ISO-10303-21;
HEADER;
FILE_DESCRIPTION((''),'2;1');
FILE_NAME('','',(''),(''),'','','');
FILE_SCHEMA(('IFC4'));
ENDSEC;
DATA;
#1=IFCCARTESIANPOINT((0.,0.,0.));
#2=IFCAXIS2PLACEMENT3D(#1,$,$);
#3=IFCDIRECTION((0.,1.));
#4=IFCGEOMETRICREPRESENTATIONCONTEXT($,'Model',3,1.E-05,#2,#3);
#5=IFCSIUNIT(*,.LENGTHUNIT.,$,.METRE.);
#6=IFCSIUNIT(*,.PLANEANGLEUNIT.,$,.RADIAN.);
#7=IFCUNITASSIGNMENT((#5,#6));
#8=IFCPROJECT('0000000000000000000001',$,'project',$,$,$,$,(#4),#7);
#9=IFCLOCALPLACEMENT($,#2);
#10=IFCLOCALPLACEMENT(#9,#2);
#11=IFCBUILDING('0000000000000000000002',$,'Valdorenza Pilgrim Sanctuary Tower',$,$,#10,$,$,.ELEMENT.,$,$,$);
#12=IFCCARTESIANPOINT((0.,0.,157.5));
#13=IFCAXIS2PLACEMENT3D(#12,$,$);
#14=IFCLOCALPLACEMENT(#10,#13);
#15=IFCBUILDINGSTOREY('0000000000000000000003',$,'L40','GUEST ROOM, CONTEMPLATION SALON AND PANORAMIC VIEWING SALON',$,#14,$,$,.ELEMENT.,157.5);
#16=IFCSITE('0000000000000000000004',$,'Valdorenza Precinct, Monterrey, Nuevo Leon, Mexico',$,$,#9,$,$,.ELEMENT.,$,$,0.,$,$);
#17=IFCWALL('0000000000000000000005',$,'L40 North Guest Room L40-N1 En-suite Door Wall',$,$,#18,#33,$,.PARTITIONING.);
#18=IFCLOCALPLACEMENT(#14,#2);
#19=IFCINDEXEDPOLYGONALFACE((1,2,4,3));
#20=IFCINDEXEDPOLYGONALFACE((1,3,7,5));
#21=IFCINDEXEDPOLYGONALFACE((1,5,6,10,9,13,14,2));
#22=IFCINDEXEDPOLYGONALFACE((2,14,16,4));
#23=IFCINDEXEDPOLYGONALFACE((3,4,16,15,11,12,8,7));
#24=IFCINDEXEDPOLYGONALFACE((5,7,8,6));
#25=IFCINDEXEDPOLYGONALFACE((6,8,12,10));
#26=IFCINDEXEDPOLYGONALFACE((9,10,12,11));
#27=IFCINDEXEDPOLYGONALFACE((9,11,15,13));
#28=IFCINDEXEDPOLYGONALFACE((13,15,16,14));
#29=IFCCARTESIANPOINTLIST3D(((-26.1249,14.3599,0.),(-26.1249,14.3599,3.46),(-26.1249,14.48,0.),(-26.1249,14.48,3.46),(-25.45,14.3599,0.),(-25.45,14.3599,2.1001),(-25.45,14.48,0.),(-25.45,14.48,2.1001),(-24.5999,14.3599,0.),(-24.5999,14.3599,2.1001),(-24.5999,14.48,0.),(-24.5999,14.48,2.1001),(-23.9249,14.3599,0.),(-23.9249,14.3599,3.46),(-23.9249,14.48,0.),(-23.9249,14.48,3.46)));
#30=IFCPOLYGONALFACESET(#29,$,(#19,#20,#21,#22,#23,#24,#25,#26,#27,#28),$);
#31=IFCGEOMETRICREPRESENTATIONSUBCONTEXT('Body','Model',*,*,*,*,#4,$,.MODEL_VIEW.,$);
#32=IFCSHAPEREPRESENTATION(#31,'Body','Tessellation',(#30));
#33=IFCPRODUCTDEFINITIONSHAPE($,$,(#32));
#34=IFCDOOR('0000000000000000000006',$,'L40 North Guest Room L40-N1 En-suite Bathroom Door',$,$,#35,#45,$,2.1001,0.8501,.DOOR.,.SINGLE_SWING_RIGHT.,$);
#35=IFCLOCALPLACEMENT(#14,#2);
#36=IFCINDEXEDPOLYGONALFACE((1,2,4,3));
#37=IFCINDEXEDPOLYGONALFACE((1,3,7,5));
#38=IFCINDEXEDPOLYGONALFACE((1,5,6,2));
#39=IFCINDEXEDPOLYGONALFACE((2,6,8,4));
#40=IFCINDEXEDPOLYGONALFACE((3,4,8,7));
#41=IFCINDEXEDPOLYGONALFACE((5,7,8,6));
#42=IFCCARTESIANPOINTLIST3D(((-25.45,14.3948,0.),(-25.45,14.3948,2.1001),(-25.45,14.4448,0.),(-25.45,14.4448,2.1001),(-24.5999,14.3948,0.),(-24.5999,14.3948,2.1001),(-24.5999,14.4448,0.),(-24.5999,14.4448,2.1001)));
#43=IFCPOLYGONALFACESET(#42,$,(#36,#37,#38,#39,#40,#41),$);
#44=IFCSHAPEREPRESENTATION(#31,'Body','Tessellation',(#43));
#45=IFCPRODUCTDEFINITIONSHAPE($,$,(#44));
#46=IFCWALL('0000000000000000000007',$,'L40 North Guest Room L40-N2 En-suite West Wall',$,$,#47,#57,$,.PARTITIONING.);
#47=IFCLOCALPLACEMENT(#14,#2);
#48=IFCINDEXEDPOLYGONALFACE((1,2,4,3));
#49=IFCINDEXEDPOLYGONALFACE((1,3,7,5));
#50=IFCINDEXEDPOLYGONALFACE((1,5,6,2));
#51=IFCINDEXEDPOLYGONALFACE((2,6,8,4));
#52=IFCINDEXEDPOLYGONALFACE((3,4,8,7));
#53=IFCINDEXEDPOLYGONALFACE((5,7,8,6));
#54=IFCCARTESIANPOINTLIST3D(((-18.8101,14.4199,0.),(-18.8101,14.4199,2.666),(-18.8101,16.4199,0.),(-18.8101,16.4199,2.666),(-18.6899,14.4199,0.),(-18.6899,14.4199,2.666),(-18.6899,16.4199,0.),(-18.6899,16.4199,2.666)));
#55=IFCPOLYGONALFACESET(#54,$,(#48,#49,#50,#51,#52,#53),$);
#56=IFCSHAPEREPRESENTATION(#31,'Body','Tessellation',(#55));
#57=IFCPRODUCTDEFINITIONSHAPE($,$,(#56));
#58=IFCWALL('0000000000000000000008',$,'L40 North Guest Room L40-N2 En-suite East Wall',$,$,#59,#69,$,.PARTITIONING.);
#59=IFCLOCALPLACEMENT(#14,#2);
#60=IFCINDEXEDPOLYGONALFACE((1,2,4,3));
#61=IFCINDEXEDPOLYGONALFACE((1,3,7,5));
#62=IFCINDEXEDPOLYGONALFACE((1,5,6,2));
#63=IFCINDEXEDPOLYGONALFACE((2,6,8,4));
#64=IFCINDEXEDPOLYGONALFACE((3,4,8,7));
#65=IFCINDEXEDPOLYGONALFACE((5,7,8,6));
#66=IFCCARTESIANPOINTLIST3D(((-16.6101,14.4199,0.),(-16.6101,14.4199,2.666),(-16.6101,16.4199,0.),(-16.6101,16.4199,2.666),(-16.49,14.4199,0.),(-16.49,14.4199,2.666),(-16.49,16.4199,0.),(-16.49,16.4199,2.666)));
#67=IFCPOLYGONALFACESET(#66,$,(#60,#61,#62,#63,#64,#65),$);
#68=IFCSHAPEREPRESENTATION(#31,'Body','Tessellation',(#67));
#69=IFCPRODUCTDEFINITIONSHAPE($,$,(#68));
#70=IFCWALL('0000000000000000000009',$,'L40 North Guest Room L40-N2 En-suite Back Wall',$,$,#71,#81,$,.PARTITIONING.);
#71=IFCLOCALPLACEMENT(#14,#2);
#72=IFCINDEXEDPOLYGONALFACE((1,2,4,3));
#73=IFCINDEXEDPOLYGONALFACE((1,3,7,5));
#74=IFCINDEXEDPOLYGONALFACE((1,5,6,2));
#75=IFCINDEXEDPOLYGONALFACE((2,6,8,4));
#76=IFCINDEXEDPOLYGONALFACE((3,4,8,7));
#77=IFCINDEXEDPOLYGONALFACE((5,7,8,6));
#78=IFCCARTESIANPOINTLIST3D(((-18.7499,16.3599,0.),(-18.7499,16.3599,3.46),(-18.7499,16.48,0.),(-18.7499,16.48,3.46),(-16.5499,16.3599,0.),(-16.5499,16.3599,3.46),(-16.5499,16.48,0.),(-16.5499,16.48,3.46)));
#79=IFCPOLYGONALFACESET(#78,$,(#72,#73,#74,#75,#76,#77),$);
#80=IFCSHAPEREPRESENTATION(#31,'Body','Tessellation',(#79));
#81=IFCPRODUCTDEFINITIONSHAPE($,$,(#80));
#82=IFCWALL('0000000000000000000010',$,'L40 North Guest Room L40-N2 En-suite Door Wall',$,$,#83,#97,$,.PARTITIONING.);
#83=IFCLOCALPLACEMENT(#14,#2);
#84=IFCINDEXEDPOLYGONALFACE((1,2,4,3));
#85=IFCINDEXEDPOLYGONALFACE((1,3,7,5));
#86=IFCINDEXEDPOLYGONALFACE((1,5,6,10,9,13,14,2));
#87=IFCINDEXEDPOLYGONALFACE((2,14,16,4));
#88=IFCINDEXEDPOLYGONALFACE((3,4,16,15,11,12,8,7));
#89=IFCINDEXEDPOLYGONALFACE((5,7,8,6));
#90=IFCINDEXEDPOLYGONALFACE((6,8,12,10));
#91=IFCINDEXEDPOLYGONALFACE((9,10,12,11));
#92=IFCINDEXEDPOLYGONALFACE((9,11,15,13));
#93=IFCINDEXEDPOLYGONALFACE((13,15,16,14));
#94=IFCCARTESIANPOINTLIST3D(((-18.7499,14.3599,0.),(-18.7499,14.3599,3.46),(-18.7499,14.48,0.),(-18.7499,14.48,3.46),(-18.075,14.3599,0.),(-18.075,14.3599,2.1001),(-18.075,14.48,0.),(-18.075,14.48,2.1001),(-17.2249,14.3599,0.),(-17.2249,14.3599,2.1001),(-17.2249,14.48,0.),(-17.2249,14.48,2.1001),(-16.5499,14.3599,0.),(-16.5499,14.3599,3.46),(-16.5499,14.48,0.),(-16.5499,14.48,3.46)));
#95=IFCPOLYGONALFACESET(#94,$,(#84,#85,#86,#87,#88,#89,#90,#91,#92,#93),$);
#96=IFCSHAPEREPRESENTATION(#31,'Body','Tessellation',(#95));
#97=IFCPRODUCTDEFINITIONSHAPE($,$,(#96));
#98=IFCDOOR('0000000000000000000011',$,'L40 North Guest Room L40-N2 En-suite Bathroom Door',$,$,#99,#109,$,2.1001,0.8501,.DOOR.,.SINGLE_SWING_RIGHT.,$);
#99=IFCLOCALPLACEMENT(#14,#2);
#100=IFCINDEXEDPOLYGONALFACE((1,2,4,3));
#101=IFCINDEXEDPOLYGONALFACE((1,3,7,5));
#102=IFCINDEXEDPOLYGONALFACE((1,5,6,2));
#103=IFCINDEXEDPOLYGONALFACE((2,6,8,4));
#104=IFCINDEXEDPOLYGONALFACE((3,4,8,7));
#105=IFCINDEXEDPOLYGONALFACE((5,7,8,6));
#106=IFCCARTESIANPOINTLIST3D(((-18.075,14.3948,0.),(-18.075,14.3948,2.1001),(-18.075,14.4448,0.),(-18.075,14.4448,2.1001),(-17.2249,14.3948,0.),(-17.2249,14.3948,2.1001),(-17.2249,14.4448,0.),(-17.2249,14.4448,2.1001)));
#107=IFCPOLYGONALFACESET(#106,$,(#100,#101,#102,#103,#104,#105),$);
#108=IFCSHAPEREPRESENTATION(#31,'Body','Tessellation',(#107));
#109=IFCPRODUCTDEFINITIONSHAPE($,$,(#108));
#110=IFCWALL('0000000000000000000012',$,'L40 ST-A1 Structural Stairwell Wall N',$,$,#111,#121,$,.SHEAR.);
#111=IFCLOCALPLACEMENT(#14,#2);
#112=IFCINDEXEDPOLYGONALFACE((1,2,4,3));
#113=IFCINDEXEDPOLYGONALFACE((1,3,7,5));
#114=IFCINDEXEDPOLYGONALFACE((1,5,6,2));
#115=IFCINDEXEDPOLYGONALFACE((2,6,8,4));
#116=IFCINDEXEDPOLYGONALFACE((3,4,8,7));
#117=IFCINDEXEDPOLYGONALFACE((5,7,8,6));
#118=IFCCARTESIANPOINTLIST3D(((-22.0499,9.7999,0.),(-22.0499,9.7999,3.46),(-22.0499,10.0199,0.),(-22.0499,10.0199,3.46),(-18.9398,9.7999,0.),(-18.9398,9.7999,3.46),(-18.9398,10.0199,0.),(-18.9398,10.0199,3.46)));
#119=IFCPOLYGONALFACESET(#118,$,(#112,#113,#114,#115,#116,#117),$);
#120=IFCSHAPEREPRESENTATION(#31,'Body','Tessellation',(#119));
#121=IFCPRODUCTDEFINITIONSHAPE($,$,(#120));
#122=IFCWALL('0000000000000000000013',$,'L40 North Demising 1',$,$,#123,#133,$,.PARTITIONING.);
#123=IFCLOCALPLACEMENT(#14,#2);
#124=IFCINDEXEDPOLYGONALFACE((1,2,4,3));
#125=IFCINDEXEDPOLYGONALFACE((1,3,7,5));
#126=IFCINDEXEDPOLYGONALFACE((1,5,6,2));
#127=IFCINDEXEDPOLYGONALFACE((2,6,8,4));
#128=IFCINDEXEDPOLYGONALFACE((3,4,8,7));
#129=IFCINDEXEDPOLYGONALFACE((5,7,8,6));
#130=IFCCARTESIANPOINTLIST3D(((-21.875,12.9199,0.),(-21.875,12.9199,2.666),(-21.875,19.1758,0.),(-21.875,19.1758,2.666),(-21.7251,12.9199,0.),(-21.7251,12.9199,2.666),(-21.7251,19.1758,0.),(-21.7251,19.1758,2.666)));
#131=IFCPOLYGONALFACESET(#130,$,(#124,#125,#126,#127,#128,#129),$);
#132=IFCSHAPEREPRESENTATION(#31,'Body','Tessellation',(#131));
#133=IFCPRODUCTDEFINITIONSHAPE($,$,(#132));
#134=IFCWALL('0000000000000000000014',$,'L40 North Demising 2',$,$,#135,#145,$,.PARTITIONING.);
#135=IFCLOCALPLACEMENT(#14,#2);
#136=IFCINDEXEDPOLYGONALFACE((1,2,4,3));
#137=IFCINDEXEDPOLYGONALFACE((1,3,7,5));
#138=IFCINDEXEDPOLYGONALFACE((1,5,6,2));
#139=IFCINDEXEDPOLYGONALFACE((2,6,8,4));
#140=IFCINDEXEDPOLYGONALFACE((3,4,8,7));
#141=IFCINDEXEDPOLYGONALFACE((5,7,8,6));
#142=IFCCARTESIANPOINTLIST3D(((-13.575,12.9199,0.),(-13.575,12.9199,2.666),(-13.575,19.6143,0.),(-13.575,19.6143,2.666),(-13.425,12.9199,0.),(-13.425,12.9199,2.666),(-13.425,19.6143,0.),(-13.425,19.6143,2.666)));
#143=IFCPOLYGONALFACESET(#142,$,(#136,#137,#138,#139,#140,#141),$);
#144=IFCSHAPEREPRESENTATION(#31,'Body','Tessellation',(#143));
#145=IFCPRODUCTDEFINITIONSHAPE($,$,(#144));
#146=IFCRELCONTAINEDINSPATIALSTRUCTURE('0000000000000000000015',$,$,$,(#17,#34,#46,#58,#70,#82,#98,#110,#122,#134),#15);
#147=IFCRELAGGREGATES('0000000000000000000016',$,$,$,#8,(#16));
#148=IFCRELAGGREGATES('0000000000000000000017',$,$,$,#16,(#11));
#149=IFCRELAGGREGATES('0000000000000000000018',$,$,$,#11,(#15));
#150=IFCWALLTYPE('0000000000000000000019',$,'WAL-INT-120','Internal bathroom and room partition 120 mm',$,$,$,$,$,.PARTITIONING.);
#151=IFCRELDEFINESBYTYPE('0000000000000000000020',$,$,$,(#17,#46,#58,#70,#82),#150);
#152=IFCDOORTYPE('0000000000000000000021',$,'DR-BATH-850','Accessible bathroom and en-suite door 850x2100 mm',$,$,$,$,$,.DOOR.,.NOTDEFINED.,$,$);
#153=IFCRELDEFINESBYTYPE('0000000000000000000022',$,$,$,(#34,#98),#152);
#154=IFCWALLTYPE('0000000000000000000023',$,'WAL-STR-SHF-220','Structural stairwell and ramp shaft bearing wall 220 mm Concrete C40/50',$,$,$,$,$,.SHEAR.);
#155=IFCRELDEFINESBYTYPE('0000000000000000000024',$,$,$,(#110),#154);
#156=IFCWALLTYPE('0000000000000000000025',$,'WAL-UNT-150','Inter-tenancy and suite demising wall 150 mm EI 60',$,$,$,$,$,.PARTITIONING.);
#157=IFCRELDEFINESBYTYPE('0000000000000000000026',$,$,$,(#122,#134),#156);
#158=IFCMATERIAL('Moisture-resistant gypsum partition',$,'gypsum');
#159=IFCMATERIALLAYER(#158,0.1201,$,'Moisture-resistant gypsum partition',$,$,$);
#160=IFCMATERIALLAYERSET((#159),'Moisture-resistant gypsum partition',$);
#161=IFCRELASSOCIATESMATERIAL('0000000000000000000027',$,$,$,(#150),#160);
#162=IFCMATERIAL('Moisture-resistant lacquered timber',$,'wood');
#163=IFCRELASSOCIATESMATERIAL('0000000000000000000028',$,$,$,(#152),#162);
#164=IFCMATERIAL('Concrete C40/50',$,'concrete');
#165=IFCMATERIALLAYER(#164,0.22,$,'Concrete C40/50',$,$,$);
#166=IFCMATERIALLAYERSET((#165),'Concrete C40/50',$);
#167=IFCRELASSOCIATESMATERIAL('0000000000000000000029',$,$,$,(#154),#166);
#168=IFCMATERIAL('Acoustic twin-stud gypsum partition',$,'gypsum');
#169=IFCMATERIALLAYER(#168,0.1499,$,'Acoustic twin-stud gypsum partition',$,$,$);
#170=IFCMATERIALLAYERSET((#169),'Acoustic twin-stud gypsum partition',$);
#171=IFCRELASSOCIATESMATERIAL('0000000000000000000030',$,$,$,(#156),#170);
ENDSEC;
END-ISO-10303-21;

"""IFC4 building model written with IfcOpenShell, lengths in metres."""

from ifc_helpers import new_model, si_unit, direction, frame, frame_2d, origin, place, context, subcontext, project, spatial, rectangle, extrude, material, layer, layer_set, type_object, element, fill, save


model = new_model("IFC4")

# Units and contexts
model_context = context("Model", 3, precision=1e-05, world=origin(), true_north=direction((0.0, 1.0)))
body_context = subcontext(model_context, "Body", "Model", "MODEL_VIEW")
ifc_project = project(units=[si_unit("LENGTHUNIT", "METRE"), si_unit("PLANEANGLEUNIT", "RADIAN")], contexts=[model_context])

# Site, building, storey
site_placement = place(None, origin())
site = spatial("IfcSite", under=ifc_project, at=site_placement, Name="Valdorenza Precinct, Monterrey, Nuevo Leon, Mexico", CompositionType="ELEMENT", RefElevation=0.0)
building_placement = place(site_placement, origin())
building = spatial("IfcBuilding", under=site, at=building_placement, Name="Valdorenza Pilgrim Sanctuary Tower", CompositionType="ELEMENT")
storey_placement = place(building_placement, frame((0.0, 0.0, 157.5)))
storey = spatial("IfcBuildingStorey", under=building, at=storey_placement, Name="L40", Description="GUEST ROOM, CONTEMPLATION SALON AND PANORAMIC VIEWING SALON", CompositionType="ELEMENT", Elevation=157.5)

# Shared definitions
ifc_material_1 = material(Name="Acoustic twin-stud gypsum partition", Category="gypsum")

# Shared definitions
ifc_material_2 = material(Name="Moisture-resistant gypsum partition", Category="gypsum")
ifc_layer_1 = layer(ifc_material_2, 0.1201, Name="Moisture-resistant gypsum partition")
ifc_layer_set_1 = layer_set([ifc_layer_1], Name="Moisture-resistant gypsum partition")
wall_type_1 = type_object("IfcWallType", Name="WAL-INT-120", Description="Internal bathroom and room partition 120 mm", PredefinedType="PARTITIONING", material=ifc_layer_set_1)

# Wall, opening, door
wall_1_placement = place(storey_placement, frame((-26.125, 14.4199, 0.0), z_axis=(0.0, 0.0, 1.0), x_axis=(1.0, 0.0, 0.0)))
wall_1 = element("IfcWall", 1, at=wall_1_placement, inside=storey, type_object=wall_type_1, Name="L40 North Guest Room L40-N1 En-suite Door Wall", PredefinedType="PARTITIONING", context=body_context, shape_type="SweptSolid", body=[
    extrude(rectangle(XDim=2.2, YDim=0.1201, at=frame_2d((1.1001, 0.0))), origin(), (0.0, 0.0, 1.0), 3.46),
])
opening_1_placement = place(wall_1_placement, frame((0.675, 0.0, 0.0)))
opening_1 = element("IfcOpeningElement", 2, at=opening_1_placement, cuts=wall_1, PredefinedType="OPENING", context=body_context, shape_type="SweptSolid", body=[
    extrude(rectangle(XDim=0.8501, YDim=2.1001, at=frame_2d((0.425, 1.05))), frame((0.0, 0.075, 0.0), z_axis=(0.0, -1.0, 0.0), x_axis=(1.0, 0.0, 0.0)), (0.0, 0.0, 1.0), 0.1499),
])
ifc_material_3 = material(Name="Moisture-resistant lacquered timber", Category="wood")
door_type_1 = type_object("IfcDoorType", Name="DR-BATH-850", Description="Accessible bathroom and en-suite door 850x2100 mm", OperationType="NOTDEFINED", PredefinedType="DOOR", material=ifc_material_3)
door_1_placement = place(opening_1_placement, origin())
door_1 = element("IfcDoor", 3, at=door_1_placement, inside=storey, type_object=door_type_1, Name="L40 North Guest Room L40-N1 En-suite Bathroom Door", OperationType="SINGLE_SWING_RIGHT", OverallHeight=2.1001, OverallWidth=0.8501, PredefinedType="DOOR", context=body_context, shape_type="SweptSolid", body=[
    extrude(rectangle(XDim=0.8501, YDim=2.1001, at=frame_2d((0.425, 1.05))), frame((0.0, 0.0249, 0.0), z_axis=(0.0, -1.0, 0.0), x_axis=(1.0, 0.0, 0.0)), (0.0, 0.0, 1.0), 0.05),
])
fill(opening_1, door_1)

# Walls
for number, where, z_axis, x_axis, name in (
    (4, (-18.75, 14.4199, 0.0), (0.0, 0.0, 1.0), (0.0, 1.0, 0.0), "L40 North Guest Room L40-N2 En-suite West Wall"),
    (5, (-16.55, 14.4199, 0.0), (0.0, 0.0, 1.0), (0.0, 1.0, 0.0), "L40 North Guest Room L40-N2 En-suite East Wall"),
):
    element("IfcWall", number, at=place(storey_placement, frame(where, z_axis=z_axis, x_axis=x_axis)), inside=storey, type_object=wall_type_1, Name=name, PredefinedType="PARTITIONING", context=body_context, shape_type="SweptSolid", body=[
        extrude(rectangle(XDim=2.0, YDim=0.1201, at=frame_2d((1.0, 0.0))), origin(), (0.0, 0.0, 1.0), 2.666),
    ])
wall_2_placement = place(storey_placement, frame((-18.75, 16.4199, 0.0), z_axis=(0.0, 0.0, 1.0), x_axis=(1.0, 0.0, 0.0)))
element("IfcWall", 6, at=wall_2_placement, inside=storey, type_object=wall_type_1, Name="L40 North Guest Room L40-N2 En-suite Back Wall", PredefinedType="PARTITIONING", context=body_context, shape_type="SweptSolid", body=[
    extrude(rectangle(XDim=2.2, YDim=0.1201, at=frame_2d((1.1001, 0.0))), origin(), (0.0, 0.0, 1.0), 3.46),
])

# Wall, opening, door
wall_3_placement = place(storey_placement, frame((-18.75, 14.4199, 0.0), z_axis=(0.0, 0.0, 1.0), x_axis=(1.0, 0.0, 0.0)))
wall_3 = element("IfcWall", 7, at=wall_3_placement, inside=storey, type_object=wall_type_1, Name="L40 North Guest Room L40-N2 En-suite Door Wall", PredefinedType="PARTITIONING", context=body_context, shape_type="SweptSolid", body=[
    extrude(rectangle(XDim=2.2, YDim=0.1201, at=frame_2d((1.1001, 0.0))), origin(), (0.0, 0.0, 1.0), 3.46),
])
opening_2_placement = place(wall_3_placement, frame((0.675, 0.0, 0.0)))
opening_2 = element("IfcOpeningElement", 8, at=opening_2_placement, cuts=wall_3, PredefinedType="OPENING", context=body_context, shape_type="SweptSolid", body=[
    extrude(rectangle(XDim=0.8501, YDim=2.1001, at=frame_2d((0.425, 1.05))), frame((0.0, 0.075, 0.0), z_axis=(0.0, -1.0, 0.0), x_axis=(1.0, 0.0, 0.0)), (0.0, 0.0, 1.0), 0.1499),
])
door_2_placement = place(opening_2_placement, origin())
door_2 = element("IfcDoor", 9, at=door_2_placement, inside=storey, type_object=door_type_1, Name="L40 North Guest Room L40-N2 En-suite Bathroom Door", OperationType="SINGLE_SWING_RIGHT", OverallHeight=2.1001, OverallWidth=0.8501, PredefinedType="DOOR", context=body_context, shape_type="SweptSolid", body=[
    extrude(rectangle(XDim=0.8501, YDim=2.1001, at=frame_2d((0.425, 1.05))), frame((0.0, 0.0249, 0.0), z_axis=(0.0, -1.0, 0.0), x_axis=(1.0, 0.0, 0.0)), (0.0, 0.0, 1.0), 0.05),
])
fill(opening_2, door_2)

# Walls
ifc_material_4 = material(Name="Concrete C40/50", Category="concrete")
ifc_layer_2 = layer(ifc_material_4, 0.22, Name="Concrete C40/50")
ifc_layer_set_2 = layer_set([ifc_layer_2], Name="Concrete C40/50")
wall_type_2 = type_object("IfcWallType", Name="WAL-STR-SHF-220", Description="Structural stairwell and ramp shaft bearing wall 220 mm Concrete C40/50", PredefinedType="SHEAR", material=ifc_layer_set_2)
wall_4_placement = place(storey_placement, frame((-22.05, 9.9099, 0.0), z_axis=(0.0, 0.0, 1.0), x_axis=(1.0, 0.0, 0.0)))
element("IfcWall", 10, at=wall_4_placement, inside=storey, type_object=wall_type_2, Name="L40 ST-A1 Structural Stairwell Wall N", PredefinedType="SHEAR", context=body_context, shape_type="SweptSolid", body=[
    extrude(rectangle(XDim=3.1101, YDim=0.22, at=frame_2d((1.5552, 0.0))), origin(), (0.0, 0.0, 1.0), 3.46),
])
ifc_layer_3 = layer(ifc_material_1, 0.1499, Name="Acoustic twin-stud gypsum partition")
ifc_layer_set_3 = layer_set([ifc_layer_3], Name="Acoustic twin-stud gypsum partition")
wall_type_3 = type_object("IfcWallType", Name="WAL-UNT-150", Description="Inter-tenancy and suite demising wall 150 mm EI 60", PredefinedType="PARTITIONING", material=ifc_layer_set_3)
wall_5_placement = place(storey_placement, frame((-21.8, 12.9199, 0.0), z_axis=(0.0, 0.0, 1.0), x_axis=(0.0, 1.0, 0.0)))
element("IfcWall", 11, at=wall_5_placement, inside=storey, type_object=wall_type_3, Name="L40 North Demising 1", PredefinedType="PARTITIONING", context=body_context, shape_type="SweptSolid", body=[
    extrude(rectangle(XDim=6.2559, YDim=0.1499, at=frame_2d((3.1279, 0.0))), origin(), (0.0, 0.0, 1.0), 2.666),
])
wall_6_placement = place(storey_placement, frame((-13.5, 12.9199, 0.0), z_axis=(0.0, 0.0, 1.0), x_axis=(0.0, 1.0, 0.0)))
element("IfcWall", 12, at=wall_6_placement, inside=storey, type_object=wall_type_3, Name="L40 North Demising 2", PredefinedType="PARTITIONING", context=body_context, shape_type="SweptSolid", body=[
    extrude(rectangle(XDim=6.6943, YDim=0.1499, at=frame_2d((3.3472, 0.0))), origin(), (0.0, 0.0, 1.0), 2.666),
])

save(model, "model.ifc")
